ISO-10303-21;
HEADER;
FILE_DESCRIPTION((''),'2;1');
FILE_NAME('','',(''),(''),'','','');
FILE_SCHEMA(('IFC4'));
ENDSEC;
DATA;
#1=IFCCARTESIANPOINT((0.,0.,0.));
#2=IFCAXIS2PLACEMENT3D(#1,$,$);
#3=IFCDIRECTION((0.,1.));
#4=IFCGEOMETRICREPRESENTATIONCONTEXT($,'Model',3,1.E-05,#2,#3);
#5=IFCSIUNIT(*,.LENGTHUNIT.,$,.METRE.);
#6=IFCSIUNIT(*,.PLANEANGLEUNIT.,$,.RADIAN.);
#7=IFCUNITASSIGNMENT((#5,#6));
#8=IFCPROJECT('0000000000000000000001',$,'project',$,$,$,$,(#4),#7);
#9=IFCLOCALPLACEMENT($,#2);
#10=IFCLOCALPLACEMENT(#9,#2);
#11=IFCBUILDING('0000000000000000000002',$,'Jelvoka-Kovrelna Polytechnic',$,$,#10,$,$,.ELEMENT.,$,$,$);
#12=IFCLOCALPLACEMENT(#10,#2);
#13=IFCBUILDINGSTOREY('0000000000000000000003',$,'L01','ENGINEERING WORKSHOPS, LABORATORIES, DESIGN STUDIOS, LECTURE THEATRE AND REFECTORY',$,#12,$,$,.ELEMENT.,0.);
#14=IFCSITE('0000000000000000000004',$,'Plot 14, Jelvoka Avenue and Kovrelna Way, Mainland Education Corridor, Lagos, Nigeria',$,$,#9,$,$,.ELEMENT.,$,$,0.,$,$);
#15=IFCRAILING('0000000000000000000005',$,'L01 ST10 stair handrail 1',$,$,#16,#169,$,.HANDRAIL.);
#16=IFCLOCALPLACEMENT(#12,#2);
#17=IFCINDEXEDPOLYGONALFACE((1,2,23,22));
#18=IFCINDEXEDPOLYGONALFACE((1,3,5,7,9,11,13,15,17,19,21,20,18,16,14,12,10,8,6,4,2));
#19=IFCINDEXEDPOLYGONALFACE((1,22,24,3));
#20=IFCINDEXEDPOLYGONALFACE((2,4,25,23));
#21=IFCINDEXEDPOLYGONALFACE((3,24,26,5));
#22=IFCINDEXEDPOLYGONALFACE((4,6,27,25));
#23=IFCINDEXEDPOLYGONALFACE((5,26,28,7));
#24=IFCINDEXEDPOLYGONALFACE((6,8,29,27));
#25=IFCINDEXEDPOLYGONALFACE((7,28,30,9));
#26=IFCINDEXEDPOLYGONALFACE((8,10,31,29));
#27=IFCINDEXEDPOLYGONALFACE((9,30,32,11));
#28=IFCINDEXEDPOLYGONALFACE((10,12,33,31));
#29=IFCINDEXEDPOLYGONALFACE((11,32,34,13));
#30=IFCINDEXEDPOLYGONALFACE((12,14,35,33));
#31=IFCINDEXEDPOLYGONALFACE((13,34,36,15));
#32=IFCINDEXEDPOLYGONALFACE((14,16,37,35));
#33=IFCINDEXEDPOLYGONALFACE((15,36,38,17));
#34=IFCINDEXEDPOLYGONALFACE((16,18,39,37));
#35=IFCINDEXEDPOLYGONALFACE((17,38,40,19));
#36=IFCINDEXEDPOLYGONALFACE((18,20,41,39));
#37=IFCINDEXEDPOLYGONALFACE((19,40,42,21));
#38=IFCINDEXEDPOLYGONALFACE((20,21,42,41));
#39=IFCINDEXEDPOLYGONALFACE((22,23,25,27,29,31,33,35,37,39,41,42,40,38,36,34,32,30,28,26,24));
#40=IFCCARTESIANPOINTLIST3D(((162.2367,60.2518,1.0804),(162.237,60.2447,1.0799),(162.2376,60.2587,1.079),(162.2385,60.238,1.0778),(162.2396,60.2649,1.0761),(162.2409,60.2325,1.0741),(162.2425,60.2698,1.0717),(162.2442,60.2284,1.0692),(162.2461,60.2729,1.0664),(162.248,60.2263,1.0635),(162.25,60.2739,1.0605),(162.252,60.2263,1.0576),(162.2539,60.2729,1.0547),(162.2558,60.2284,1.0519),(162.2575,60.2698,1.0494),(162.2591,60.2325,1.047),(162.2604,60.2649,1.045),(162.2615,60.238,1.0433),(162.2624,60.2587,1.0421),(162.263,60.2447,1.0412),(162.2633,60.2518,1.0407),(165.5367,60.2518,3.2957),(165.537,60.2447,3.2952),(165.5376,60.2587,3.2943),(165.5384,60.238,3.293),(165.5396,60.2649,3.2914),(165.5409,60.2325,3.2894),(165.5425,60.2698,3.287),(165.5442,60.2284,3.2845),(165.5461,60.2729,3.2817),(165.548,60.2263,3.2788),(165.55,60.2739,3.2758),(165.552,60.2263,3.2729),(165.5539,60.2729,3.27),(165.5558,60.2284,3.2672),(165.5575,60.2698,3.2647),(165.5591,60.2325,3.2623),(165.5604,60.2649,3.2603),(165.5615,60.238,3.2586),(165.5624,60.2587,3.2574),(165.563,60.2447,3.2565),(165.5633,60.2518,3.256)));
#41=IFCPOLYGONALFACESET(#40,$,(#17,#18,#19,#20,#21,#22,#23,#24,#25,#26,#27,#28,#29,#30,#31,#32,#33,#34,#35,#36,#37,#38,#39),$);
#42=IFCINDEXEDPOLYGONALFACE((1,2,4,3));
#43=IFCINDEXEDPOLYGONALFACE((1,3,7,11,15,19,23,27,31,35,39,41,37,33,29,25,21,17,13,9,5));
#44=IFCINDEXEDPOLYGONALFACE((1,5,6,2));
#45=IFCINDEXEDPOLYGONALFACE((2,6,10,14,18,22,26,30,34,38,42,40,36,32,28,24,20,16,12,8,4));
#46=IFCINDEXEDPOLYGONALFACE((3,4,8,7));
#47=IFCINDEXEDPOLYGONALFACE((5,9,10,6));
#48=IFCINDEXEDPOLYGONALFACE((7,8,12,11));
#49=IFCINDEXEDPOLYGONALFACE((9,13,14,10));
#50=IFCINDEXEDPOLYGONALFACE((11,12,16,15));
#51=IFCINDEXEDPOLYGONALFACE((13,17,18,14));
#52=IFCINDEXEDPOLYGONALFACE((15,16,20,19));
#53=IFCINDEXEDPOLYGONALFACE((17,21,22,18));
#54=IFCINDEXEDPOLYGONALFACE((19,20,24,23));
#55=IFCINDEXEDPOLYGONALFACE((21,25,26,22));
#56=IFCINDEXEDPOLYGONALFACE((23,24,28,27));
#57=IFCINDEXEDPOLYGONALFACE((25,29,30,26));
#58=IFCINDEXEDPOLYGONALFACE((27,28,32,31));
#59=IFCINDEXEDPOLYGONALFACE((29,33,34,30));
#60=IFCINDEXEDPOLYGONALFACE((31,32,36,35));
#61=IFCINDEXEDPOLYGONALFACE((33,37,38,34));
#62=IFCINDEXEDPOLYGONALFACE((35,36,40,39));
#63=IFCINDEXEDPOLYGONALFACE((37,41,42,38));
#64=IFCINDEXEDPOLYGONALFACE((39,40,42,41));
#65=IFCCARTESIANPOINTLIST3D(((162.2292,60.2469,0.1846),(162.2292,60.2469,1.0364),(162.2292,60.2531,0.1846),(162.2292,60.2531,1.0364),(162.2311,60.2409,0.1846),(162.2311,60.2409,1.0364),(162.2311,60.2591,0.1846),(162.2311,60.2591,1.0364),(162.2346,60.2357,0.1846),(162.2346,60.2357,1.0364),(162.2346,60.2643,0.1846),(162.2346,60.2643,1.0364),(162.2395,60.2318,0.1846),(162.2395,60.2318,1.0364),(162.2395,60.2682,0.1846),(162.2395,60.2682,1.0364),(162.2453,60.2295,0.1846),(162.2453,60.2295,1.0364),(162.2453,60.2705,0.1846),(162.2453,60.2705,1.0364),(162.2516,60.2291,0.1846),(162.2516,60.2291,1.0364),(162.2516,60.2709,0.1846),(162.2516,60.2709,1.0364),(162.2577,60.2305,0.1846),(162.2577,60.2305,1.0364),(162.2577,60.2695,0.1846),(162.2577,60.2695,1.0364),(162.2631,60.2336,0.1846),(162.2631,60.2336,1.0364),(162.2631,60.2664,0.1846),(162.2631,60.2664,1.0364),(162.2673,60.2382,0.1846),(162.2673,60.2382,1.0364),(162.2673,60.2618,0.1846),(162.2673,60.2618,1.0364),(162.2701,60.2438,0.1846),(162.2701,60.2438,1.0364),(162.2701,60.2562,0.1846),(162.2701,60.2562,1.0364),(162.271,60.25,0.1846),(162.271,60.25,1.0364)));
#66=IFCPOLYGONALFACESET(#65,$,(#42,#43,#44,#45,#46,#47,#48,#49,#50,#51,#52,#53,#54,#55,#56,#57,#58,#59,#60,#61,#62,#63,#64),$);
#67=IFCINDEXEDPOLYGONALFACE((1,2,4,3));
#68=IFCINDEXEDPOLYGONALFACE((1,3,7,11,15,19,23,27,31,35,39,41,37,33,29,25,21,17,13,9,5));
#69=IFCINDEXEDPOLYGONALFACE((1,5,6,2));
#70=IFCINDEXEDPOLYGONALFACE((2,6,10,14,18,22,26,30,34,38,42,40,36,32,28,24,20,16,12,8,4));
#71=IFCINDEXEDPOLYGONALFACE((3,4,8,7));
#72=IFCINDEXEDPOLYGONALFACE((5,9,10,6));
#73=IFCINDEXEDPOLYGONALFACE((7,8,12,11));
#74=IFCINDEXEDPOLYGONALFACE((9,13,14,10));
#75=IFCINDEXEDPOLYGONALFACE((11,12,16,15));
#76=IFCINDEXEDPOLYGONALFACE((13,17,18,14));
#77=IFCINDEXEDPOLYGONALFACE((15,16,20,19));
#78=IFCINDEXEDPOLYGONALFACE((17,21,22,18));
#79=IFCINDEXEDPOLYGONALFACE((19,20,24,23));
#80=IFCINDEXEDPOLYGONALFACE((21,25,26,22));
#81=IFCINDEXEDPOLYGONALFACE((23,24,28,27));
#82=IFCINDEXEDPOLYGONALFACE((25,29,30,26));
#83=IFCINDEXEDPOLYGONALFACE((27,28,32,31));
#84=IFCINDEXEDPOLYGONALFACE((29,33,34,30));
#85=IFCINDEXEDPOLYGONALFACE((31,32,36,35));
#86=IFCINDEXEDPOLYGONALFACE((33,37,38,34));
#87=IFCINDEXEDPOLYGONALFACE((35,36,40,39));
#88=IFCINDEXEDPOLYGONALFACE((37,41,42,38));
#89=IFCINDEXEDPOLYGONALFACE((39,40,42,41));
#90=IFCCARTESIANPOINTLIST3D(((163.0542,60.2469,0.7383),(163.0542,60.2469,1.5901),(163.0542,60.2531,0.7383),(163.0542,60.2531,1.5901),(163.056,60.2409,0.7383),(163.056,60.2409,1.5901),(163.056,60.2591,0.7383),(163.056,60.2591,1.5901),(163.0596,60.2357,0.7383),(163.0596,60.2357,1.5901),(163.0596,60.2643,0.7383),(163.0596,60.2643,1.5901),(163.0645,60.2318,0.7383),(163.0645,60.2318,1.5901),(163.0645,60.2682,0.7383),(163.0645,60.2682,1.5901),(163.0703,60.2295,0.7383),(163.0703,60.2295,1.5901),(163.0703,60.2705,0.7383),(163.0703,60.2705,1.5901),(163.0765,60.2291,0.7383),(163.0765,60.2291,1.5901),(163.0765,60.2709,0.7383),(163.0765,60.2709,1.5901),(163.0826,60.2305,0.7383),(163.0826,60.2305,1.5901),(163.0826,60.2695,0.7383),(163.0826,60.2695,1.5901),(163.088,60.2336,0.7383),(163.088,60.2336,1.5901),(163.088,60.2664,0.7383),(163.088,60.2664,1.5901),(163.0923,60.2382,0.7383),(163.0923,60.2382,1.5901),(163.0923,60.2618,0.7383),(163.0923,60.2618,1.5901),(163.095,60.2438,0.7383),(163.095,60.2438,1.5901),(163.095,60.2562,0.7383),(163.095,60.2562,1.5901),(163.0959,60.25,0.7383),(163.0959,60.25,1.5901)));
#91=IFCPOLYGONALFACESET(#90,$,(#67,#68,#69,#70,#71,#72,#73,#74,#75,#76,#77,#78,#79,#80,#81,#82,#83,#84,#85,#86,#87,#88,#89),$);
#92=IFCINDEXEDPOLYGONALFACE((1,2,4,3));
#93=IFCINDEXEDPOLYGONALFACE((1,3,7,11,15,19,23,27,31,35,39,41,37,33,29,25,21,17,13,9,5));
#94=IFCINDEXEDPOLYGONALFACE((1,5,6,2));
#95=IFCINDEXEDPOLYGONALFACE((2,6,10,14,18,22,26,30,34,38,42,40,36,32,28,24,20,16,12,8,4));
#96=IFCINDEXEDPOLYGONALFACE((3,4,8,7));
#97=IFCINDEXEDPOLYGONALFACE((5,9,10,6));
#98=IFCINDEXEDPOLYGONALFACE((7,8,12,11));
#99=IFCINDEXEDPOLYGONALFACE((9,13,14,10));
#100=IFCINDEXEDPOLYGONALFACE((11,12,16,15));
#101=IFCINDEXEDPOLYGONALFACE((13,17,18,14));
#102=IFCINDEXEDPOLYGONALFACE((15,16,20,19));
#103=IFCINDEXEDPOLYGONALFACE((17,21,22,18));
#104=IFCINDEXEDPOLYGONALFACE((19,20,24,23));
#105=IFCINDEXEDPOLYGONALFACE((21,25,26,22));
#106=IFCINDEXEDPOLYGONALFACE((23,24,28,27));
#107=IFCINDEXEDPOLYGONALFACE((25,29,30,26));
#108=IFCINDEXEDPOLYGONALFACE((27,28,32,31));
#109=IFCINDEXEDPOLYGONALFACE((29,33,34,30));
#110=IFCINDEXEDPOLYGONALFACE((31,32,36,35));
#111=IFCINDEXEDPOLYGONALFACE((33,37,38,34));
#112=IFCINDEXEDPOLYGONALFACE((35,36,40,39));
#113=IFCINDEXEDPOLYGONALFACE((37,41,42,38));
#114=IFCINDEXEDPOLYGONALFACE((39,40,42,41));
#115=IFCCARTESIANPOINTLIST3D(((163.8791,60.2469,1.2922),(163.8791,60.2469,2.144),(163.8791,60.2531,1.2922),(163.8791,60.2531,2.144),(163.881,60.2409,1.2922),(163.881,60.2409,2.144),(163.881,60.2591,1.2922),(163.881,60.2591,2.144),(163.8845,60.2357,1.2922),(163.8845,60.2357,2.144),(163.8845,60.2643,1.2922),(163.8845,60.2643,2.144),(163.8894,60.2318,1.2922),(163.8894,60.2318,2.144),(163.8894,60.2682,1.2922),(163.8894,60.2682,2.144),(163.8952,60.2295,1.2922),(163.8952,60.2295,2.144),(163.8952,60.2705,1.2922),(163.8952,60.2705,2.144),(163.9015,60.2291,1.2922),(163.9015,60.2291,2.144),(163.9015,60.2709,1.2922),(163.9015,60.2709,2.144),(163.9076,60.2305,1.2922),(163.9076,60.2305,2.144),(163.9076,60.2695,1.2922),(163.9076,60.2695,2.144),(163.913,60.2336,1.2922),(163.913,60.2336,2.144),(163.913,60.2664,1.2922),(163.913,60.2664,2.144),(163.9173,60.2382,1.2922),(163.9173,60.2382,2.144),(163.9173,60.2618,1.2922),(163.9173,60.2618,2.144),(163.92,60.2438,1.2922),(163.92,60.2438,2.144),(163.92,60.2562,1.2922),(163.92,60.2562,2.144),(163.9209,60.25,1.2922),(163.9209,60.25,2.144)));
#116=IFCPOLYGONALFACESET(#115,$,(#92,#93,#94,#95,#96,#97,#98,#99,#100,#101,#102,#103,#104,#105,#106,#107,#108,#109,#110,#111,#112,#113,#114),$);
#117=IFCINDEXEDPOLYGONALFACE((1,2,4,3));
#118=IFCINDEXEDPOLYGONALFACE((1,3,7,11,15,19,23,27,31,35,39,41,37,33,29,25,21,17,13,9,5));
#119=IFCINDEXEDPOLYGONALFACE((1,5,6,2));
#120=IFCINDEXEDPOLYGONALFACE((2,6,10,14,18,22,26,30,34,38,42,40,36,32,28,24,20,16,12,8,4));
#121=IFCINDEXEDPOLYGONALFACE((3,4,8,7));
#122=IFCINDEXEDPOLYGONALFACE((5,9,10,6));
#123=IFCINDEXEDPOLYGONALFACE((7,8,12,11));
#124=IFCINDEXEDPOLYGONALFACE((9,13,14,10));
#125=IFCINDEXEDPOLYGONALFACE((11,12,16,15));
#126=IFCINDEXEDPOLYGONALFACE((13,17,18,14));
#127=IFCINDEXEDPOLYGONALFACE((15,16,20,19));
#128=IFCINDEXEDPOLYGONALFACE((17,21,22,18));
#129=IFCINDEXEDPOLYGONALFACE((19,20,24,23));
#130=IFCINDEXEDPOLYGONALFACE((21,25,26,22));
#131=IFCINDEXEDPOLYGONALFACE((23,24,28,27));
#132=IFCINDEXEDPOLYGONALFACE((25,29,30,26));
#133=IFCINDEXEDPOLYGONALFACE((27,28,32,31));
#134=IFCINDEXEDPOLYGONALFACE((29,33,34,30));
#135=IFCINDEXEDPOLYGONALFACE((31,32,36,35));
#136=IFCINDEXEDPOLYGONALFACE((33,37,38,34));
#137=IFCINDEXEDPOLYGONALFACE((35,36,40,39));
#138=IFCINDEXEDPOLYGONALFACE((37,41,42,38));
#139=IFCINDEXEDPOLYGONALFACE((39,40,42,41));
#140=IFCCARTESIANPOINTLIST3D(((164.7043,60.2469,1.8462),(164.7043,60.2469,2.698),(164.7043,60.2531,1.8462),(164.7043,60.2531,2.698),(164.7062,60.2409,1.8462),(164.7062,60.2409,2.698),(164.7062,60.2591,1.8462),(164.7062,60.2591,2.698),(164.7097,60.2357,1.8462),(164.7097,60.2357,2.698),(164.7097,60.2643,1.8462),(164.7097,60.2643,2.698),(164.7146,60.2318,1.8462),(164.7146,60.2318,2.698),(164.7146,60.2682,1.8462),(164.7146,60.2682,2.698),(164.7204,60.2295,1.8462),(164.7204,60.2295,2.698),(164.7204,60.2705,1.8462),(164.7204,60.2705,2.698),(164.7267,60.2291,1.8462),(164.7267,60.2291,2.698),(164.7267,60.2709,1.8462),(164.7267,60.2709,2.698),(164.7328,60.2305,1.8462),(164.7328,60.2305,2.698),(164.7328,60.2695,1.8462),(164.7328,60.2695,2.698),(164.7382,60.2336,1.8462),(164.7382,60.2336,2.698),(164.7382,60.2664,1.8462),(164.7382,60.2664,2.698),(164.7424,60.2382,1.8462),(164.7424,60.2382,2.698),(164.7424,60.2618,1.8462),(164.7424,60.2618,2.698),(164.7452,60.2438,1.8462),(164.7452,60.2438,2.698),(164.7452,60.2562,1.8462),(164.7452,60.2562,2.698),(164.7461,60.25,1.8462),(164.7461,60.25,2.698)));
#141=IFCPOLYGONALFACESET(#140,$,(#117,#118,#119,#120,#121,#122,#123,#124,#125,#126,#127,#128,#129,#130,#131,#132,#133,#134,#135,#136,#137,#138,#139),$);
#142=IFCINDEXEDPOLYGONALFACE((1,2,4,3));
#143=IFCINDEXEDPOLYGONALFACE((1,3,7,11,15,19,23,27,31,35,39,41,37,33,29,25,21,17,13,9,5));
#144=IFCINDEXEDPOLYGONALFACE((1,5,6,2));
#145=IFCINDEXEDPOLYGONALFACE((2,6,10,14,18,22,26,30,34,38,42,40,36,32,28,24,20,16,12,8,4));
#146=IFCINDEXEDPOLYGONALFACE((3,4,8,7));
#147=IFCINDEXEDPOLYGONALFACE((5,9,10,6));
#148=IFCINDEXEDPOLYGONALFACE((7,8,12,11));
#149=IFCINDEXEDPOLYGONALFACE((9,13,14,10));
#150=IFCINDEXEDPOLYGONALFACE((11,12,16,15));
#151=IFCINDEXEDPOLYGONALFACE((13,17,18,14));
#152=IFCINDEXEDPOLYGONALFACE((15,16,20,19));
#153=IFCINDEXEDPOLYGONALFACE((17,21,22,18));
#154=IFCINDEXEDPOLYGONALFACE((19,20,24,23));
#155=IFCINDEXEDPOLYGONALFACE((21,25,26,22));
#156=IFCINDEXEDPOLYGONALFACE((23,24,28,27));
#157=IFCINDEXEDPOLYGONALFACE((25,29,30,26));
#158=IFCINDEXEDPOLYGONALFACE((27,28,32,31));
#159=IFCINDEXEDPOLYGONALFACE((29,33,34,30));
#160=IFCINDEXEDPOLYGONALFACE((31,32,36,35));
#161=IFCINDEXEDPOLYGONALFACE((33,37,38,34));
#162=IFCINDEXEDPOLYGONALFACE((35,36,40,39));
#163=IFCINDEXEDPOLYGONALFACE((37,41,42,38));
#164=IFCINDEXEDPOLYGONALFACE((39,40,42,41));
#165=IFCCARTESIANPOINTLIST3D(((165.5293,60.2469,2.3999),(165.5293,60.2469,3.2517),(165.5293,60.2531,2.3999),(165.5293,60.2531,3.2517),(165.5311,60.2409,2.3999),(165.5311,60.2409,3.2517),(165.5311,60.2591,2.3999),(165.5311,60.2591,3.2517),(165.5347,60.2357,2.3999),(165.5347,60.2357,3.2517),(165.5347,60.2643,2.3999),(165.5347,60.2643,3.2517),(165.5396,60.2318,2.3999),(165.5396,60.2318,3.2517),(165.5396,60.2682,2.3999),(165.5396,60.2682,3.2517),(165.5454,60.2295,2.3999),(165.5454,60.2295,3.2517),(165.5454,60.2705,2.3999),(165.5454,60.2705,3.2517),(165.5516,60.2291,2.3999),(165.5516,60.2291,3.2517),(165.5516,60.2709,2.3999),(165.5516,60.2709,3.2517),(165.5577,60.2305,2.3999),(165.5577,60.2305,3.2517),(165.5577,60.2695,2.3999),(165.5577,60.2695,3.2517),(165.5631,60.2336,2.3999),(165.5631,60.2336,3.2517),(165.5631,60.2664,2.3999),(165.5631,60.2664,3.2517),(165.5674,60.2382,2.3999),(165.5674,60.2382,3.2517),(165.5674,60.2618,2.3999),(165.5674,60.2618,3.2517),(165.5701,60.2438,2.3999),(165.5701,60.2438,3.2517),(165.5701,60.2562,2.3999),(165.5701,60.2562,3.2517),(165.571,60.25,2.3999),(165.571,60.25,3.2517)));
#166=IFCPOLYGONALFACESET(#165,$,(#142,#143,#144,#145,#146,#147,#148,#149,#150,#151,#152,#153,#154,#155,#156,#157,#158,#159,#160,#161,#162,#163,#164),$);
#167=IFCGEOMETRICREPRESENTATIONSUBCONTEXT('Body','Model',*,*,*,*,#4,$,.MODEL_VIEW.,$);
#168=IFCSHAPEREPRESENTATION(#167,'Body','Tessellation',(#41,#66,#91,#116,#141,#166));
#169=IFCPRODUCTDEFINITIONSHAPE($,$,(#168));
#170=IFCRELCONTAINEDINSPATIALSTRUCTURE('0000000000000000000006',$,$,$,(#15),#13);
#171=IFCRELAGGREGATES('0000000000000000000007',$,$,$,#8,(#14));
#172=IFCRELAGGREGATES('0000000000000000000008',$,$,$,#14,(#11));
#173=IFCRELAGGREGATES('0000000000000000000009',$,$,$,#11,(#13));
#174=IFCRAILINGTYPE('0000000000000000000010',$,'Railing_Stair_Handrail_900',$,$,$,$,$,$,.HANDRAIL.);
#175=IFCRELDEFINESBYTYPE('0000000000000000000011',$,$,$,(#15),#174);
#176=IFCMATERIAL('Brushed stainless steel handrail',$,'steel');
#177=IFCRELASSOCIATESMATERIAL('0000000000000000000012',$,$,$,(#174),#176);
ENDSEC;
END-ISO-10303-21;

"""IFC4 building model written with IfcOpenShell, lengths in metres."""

from ifc_helpers import new_model, si_unit, direction, frame, origin, origin_2d, place, context, subcontext, project, spatial, circle, extrude, material, type_object, element, save


model = new_model("IFC4")

# Units and contexts
model_context = context("Model", 3, precision=1e-05, world=origin(), true_north=direction((0.0, 1.0)))
body_context = subcontext(model_context, "Body", "Model", "MODEL_VIEW")
ifc_project = project(units=[si_unit("LENGTHUNIT", "METRE"), si_unit("PLANEANGLEUNIT", "RADIAN")], contexts=[model_context])

# Site, building, storey
site_placement = place(None, origin())
site = spatial("IfcSite", under=ifc_project, at=site_placement, Name="Plot 14, Jelvoka Avenue and Kovrelna Way, Mainland Education Corridor, Lagos, Nigeria", CompositionType="ELEMENT", RefElevation=0.0)
building_placement = place(site_placement, origin())
building = spatial("IfcBuilding", under=site, at=building_placement, Name="Jelvoka-Kovrelna Polytechnic", CompositionType="ELEMENT")
storey_placement = place(building_placement, origin())
storey = spatial("IfcBuildingStorey", under=building, at=storey_placement, Name="L01", Description="ENGINEERING WORKSHOPS, LABORATORIES, DESIGN STUDIOS, LECTURE THEATRE AND REFECTORY", CompositionType="ELEMENT", Elevation=0.0)

# Railing
ifc_material_1 = material(Name="Brushed stainless steel handrail", Category="steel")
railing_type_1 = type_object("IfcRailingType", Name="Railing_Stair_Handrail_900", PredefinedType="HANDRAIL", material=ifc_material_1)
railing_1_placement = place(storey_placement, frame((162.25, 60.25, 0.1846)))
element("IfcRailing", 1, at=railing_1_placement, inside=storey, type_object=railing_type_1, Name="L01 ST10 stair handrail 1", PredefinedType="HANDRAIL", context=body_context, shape_type="SweptSolid", body=[
    extrude(circle(Radius=0.0239, at=origin_2d()), frame((0.0, 0.0, 0.876), z_axis=(0.830269, 0.0, 0.557362), x_axis=(0.0, 1.0, 0.0)), (0.0, 0.0, 1.0), 3.9746),
    extrude(circle(Radius=0.021, at=origin_2d()), origin(), (0.0, 0.0, 1.0), 0.8518),
    extrude(circle(Radius=0.021, at=origin_2d()), frame((0.825, 0.0, 0.5537)), (0.0, 0.0, 1.0), 0.8518),
    extrude(circle(Radius=0.021, at=origin_2d()), frame((1.6499, 0.0, 1.1077)), (0.0, 0.0, 1.0), 0.8518),
    extrude(circle(Radius=0.021, at=origin_2d()), frame((2.4751, 0.0, 1.6616)), (0.0, 0.0, 1.0), 0.8518),
    extrude(circle(Radius=0.021, at=origin_2d()), frame((3.3, 0.0, 2.2153)), (0.0, 0.0, 1.0), 0.8518),
])

save(model, "model.ifc")
